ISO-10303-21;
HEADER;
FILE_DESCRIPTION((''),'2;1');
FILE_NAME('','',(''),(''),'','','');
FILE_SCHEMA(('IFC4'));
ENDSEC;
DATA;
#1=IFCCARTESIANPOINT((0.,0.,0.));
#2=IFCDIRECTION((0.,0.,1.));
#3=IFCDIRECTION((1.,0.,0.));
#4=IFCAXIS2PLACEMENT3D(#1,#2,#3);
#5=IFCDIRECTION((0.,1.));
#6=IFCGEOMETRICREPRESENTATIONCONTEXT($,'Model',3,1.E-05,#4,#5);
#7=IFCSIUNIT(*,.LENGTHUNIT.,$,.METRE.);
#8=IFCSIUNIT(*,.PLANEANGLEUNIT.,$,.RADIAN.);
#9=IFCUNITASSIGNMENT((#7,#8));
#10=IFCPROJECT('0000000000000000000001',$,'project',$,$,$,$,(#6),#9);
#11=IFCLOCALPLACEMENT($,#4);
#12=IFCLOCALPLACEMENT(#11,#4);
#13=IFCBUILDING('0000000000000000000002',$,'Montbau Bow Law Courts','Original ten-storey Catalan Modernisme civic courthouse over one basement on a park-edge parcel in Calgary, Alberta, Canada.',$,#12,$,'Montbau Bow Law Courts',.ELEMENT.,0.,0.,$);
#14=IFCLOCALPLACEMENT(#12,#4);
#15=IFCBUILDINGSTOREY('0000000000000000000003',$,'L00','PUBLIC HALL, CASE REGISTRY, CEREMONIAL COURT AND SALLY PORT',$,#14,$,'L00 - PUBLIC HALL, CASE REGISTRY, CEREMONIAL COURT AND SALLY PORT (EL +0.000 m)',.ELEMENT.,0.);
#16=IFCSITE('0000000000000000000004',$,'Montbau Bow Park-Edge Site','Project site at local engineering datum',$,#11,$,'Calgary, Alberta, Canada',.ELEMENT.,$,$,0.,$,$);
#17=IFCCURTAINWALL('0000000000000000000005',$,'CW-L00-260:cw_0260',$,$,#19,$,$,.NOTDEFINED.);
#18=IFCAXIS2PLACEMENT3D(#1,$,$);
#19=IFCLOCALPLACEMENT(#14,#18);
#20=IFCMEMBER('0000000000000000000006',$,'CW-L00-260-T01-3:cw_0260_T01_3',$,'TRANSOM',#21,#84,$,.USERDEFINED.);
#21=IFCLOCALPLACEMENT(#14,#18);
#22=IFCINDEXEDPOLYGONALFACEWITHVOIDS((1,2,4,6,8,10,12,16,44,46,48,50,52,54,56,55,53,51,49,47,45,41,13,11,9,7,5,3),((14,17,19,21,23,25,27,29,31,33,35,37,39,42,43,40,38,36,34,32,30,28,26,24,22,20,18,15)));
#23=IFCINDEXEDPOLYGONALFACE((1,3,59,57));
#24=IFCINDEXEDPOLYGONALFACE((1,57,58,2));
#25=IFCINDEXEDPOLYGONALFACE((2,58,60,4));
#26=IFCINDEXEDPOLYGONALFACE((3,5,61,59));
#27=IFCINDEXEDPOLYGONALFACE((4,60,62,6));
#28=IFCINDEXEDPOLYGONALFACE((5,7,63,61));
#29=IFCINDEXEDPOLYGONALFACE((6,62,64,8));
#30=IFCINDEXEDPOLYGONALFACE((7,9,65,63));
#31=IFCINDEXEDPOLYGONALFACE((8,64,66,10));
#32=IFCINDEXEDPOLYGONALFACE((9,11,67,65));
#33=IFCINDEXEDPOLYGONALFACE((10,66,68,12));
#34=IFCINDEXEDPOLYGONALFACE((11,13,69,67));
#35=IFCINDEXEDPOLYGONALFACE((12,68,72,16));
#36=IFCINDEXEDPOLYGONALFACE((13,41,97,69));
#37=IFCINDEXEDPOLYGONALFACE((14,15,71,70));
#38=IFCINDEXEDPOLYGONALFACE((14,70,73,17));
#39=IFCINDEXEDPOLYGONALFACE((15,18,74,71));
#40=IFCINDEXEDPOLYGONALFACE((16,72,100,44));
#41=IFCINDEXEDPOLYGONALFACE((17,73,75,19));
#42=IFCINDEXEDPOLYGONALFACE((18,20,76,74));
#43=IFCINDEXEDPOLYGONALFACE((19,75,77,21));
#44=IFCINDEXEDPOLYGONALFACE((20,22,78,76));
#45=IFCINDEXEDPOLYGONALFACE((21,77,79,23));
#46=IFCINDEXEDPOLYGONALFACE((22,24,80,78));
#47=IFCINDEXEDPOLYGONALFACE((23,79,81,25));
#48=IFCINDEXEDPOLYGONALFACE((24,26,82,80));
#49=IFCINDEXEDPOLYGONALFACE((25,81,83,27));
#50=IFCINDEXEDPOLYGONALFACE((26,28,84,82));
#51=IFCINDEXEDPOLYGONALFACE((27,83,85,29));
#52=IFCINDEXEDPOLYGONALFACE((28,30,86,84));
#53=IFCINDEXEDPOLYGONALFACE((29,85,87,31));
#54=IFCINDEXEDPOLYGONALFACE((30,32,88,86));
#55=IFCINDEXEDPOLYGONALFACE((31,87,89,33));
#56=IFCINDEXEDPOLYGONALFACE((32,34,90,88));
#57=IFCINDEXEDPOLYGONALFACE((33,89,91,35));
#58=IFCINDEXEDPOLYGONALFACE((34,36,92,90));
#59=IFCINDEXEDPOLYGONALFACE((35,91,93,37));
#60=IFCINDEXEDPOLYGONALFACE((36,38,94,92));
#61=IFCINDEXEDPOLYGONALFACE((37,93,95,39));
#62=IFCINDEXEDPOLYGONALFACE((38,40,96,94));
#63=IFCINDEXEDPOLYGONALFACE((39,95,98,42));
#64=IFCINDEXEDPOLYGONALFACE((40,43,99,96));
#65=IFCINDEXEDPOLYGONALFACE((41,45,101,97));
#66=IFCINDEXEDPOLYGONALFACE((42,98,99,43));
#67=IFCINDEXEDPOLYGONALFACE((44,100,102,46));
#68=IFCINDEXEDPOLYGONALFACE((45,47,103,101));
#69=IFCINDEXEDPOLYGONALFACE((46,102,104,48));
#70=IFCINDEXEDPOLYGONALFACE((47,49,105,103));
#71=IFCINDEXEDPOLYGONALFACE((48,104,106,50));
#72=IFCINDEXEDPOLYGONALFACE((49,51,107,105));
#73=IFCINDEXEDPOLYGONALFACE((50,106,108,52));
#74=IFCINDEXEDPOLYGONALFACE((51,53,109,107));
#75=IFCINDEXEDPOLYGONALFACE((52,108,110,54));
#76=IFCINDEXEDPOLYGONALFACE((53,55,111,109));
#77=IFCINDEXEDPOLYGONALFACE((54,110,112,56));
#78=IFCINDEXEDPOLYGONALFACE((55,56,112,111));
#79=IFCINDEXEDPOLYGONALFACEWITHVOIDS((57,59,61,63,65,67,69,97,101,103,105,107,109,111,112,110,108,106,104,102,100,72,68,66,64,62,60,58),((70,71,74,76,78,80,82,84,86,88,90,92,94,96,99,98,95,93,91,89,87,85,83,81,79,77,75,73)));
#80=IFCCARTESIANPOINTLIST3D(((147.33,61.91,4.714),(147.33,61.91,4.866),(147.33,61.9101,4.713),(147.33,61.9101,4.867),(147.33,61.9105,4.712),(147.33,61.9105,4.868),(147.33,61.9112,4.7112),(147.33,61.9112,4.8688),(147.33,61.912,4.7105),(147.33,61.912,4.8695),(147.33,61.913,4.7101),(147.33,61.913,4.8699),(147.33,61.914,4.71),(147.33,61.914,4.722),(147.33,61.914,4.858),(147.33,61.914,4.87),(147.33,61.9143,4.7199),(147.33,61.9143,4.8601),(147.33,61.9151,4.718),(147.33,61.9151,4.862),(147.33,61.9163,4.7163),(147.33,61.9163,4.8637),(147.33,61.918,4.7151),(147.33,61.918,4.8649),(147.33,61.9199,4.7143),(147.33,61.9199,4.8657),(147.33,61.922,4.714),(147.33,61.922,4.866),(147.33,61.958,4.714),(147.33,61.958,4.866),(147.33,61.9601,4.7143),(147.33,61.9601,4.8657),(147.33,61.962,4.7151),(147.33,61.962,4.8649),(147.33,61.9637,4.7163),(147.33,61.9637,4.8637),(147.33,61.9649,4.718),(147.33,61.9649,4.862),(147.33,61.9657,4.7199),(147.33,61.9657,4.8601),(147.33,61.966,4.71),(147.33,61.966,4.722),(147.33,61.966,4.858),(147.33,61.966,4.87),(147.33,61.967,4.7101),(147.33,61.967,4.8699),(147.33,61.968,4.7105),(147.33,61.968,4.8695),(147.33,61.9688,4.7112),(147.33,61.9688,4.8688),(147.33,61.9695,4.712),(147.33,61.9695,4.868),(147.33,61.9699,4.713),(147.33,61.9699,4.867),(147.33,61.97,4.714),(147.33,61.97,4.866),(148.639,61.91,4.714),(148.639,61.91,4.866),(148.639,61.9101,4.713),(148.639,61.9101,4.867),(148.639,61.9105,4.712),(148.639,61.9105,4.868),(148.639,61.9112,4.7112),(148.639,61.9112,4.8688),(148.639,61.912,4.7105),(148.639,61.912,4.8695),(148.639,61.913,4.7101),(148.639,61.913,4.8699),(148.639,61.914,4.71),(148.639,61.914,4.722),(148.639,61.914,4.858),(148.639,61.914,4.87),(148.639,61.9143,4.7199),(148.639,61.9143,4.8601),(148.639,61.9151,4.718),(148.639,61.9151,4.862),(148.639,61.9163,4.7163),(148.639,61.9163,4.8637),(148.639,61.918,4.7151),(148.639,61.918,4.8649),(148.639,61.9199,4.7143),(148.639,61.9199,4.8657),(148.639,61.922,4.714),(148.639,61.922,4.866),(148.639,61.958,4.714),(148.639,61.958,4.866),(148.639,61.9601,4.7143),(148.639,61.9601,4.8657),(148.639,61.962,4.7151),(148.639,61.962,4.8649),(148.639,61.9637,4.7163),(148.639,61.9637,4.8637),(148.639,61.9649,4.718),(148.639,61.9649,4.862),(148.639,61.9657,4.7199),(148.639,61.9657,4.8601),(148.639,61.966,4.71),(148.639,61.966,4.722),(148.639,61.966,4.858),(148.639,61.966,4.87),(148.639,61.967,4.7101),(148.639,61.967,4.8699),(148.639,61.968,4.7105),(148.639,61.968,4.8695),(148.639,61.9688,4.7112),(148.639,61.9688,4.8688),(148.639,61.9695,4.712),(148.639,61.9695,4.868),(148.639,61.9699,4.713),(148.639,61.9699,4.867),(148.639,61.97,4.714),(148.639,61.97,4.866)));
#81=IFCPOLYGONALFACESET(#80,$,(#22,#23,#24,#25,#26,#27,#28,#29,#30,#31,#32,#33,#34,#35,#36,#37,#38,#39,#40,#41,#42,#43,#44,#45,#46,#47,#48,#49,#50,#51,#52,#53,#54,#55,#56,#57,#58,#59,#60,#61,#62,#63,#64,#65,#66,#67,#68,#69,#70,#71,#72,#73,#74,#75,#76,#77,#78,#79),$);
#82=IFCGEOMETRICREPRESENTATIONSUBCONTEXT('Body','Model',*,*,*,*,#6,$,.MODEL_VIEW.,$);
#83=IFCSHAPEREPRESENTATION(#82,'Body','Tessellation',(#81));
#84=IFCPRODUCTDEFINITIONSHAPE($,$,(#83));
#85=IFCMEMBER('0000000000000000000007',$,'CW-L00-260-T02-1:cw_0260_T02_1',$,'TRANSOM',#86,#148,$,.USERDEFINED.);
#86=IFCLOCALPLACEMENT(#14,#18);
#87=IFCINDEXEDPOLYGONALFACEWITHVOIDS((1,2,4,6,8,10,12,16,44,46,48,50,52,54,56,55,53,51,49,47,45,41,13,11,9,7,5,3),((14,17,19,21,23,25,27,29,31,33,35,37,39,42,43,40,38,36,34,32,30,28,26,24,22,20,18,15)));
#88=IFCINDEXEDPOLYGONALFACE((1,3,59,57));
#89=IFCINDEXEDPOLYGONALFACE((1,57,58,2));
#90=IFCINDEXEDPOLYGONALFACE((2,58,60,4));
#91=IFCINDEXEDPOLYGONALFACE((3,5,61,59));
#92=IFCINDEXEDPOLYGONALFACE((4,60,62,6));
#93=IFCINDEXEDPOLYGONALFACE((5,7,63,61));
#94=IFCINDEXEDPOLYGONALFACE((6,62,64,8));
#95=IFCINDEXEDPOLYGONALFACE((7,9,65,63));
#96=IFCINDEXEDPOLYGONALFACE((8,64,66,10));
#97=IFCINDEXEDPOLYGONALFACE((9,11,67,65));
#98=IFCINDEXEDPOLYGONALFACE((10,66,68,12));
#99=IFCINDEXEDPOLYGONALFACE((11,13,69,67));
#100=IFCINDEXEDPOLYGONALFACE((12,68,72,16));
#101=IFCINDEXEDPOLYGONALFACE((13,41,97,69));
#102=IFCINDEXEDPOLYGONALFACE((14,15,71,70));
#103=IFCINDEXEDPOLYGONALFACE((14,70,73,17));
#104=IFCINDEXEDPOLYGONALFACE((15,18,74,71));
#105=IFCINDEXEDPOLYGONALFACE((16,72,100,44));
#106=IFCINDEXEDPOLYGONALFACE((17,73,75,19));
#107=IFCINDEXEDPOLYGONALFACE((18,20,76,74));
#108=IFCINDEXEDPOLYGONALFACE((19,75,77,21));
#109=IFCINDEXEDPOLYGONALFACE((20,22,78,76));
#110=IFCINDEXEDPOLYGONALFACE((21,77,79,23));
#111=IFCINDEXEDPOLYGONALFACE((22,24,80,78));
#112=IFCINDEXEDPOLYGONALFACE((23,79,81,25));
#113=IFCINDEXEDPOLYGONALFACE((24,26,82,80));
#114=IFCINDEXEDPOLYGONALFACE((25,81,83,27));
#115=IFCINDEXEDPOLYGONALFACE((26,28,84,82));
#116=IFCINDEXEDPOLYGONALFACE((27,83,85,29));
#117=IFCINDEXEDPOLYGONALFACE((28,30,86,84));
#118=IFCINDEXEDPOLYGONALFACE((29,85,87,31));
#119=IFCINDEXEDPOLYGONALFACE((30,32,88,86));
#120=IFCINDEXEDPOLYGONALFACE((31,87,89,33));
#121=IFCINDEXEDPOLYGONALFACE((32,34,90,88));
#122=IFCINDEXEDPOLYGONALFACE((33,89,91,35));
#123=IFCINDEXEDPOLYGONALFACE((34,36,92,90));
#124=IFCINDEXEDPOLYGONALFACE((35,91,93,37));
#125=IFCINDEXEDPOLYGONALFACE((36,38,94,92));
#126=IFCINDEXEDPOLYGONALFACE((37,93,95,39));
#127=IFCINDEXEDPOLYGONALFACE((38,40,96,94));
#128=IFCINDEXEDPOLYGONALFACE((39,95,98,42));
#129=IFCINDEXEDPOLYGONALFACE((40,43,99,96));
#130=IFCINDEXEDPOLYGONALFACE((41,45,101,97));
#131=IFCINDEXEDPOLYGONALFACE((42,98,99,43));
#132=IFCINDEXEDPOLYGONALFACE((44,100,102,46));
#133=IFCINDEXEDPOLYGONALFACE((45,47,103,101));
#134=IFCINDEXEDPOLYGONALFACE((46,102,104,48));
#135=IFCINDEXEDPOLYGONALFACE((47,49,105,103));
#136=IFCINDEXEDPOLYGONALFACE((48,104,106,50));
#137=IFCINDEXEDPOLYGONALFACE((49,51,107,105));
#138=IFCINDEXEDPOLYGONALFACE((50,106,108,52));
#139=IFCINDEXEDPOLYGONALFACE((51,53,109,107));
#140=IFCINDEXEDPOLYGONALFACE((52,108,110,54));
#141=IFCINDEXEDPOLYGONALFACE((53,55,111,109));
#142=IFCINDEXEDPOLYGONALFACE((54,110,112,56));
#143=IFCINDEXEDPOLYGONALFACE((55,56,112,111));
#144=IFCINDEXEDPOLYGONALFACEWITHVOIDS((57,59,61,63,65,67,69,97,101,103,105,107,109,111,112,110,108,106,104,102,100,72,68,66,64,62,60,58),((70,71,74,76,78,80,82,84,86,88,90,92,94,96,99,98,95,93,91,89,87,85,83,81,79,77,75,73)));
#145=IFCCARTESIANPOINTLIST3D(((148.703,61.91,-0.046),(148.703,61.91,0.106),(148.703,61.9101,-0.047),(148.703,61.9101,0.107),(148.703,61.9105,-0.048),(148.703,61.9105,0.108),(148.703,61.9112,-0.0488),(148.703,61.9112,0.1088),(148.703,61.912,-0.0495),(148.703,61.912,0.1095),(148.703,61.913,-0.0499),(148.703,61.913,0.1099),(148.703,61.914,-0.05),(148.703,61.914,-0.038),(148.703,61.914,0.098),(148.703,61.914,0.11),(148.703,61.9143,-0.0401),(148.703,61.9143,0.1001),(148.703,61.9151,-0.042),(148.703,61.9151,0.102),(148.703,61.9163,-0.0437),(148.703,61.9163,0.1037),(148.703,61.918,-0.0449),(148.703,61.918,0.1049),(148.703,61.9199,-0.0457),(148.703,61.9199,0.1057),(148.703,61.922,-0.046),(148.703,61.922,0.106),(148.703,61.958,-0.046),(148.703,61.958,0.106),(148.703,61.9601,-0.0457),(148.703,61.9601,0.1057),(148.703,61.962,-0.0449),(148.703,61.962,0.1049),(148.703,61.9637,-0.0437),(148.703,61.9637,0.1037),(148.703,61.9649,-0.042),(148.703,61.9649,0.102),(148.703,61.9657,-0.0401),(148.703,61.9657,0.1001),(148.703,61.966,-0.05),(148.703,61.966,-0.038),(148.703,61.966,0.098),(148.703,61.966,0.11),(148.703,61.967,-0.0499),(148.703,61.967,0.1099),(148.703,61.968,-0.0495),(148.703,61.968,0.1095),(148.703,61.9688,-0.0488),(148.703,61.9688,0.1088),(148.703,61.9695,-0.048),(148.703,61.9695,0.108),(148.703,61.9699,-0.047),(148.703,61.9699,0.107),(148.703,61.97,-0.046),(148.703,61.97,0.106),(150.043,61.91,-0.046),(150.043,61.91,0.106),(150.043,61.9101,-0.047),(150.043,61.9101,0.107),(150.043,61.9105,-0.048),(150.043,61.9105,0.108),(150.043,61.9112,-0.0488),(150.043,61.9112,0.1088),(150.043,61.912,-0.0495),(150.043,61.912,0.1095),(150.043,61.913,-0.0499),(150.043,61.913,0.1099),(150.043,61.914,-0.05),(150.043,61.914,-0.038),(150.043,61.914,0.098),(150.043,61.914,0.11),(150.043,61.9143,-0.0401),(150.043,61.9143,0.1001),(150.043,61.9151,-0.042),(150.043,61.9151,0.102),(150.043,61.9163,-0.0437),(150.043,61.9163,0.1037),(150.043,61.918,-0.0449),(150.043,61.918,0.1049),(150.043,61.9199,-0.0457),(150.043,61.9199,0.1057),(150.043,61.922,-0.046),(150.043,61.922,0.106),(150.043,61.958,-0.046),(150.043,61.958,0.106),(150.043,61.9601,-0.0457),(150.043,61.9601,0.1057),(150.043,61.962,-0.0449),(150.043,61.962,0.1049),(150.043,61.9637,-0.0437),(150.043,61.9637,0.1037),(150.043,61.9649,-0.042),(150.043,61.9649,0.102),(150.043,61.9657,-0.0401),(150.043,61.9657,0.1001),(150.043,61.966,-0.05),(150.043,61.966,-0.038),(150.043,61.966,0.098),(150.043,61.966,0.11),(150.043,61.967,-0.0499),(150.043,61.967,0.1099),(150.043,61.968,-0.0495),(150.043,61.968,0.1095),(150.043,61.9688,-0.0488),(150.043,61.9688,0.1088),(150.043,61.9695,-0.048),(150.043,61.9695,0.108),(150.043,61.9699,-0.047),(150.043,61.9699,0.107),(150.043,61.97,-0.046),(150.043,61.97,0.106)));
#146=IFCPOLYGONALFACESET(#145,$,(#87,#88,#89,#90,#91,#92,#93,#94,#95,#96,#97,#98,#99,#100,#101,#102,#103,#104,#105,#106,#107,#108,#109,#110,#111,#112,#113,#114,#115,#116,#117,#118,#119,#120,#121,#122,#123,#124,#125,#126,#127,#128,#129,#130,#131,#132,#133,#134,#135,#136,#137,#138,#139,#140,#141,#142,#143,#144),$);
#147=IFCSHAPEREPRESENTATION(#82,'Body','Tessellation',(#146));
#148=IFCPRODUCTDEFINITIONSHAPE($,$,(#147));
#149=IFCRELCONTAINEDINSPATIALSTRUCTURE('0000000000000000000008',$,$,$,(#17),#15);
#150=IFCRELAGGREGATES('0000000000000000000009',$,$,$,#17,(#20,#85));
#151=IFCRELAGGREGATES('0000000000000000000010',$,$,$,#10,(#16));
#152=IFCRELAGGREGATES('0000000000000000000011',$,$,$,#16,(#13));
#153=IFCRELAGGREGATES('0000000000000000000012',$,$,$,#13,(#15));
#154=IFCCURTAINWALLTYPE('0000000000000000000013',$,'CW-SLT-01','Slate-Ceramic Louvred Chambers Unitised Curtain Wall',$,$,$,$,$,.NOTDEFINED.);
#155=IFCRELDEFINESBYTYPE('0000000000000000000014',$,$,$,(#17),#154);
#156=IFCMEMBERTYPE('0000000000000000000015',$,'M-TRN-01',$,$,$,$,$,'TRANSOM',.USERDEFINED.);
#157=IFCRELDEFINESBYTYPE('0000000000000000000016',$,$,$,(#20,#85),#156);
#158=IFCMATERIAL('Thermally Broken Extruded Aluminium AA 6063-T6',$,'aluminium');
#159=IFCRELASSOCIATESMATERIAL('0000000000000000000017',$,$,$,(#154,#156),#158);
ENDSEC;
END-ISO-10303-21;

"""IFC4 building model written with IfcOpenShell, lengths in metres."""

from ifc_helpers import new_model, si_unit, direction, frame, origin_with_axes, origin_2d_with_axis, place, context, subcontext, project, spatial, hollow_rectangle, extrude, material, material_profile, profile_set, type_object, element, aggregate, save


model = new_model("IFC4")

# Units and contexts
model_context = context("Model", 3, precision=1e-05, world=origin_with_axes(), true_north=direction((0.0, 1.0)))
body_context = subcontext(model_context, "Body", "Model", "MODEL_VIEW")
ifc_project = project(units=[si_unit("LENGTHUNIT", "METRE"), si_unit("PLANEANGLEUNIT", "RADIAN")], contexts=[model_context])

# Site, building, storey
site_placement = place(None, origin_with_axes())
site = spatial("IfcSite", under=ifc_project, at=site_placement, Name="Montbau Bow Park-Edge Site", Description="Project site at local engineering datum", LongName="Calgary, Alberta, Canada", CompositionType="ELEMENT", RefElevation=0.0)
building_placement = place(site_placement, origin_with_axes())
building = spatial("IfcBuilding", under=site, at=building_placement, Name="Montbau Bow Law Courts", Description="Original ten-storey Catalan Modernisme civic courthouse over one basement on a park-edge parcel in Calgary, Alberta, Canada.", LongName="Montbau Bow Law Courts", CompositionType="ELEMENT", ElevationOfRefHeight=0.0, ElevationOfTerrain=0.0)
storey_placement = place(building_placement, origin_with_axes())
storey = spatial("IfcBuildingStorey", under=building, at=storey_placement, Name="L00", Description="PUBLIC HALL, CASE REGISTRY, CEREMONIAL COURT AND SALLY PORT", LongName="L00 - PUBLIC HALL, CASE REGISTRY, CEREMONIAL COURT AND SALLY PORT (EL +0.000 m)", CompositionType="ELEMENT", Elevation=0.0)

# Curtain wall, members
ifc_material_1 = material(Name="Thermally Broken Extruded Aluminium AA 6063-T6", Category="aluminium")
curtain_wall_type = type_object("IfcCurtainWallType", Name="CW-SLT-01", Description="Slate-Ceramic Louvred Chambers Unitised Curtain Wall", PredefinedType="NOTDEFINED", material=ifc_material_1)
curtain_wall_placement = place(None, frame((147.268, 61.94, 0.0), z_axis=(0.0, 0.0, 1.0), x_axis=(1.0, 0.0, 0.0)))
curtain_wall = element("IfcCurtainWall", 1, at=curtain_wall_placement, inside=storey, type_object=curtain_wall_type, Name="CW-L00-260:cw_0260", PredefinedType="NOTDEFINED")
ifc_material_profile_1 = material_profile(ifc_material_1, hollow_rectangle(XDim=0.06, YDim=0.16, WallThickness=0.004, InnerFilletRadius=0.008, OuterFilletRadius=0.004, at=origin_2d_with_axis()), Name="CWT-160X60", Category="Main", Priority=0)
ifc_profile_set_1 = profile_set([ifc_material_profile_1], Name="Thermally Broken Extruded Aluminium AA 6063-T6")
member_type_1 = type_object("IfcMemberType", Name="M-TRN-01", ElementType="TRANSOM", PredefinedType="USERDEFINED", material=ifc_profile_set_1)
member_1_placement = place(None, frame((147.33, 61.94, 4.79), z_axis=(1.0, 0.0, 0.0), x_axis=(0.0, 1.0, 0.0)))
member_1 = element("IfcMember", 2, at=member_1_placement, type_object=member_type_1, Name="CW-L00-260-T01-3:cw_0260_T01_3", ObjectType="TRANSOM", PredefinedType="USERDEFINED", context=body_context, shape_type="SweptSolid", body=[
    extrude(hollow_rectangle(XDim=0.06, YDim=0.16, WallThickness=0.004, InnerFilletRadius=0.008, OuterFilletRadius=0.004, at=origin_2d_with_axis()), origin_with_axes(), (0.0, 0.0, 1.0), 1.309),
])
member_2_placement = place(None, frame((148.703, 61.94, 0.03), z_axis=(1.0, 0.0, 0.0), x_axis=(0.0, 1.0, 0.0)))
member_2 = element("IfcMember", 3, at=member_2_placement, type_object=member_type_1, Name="CW-L00-260-T02-1:cw_0260_T02_1", ObjectType="TRANSOM", PredefinedType="USERDEFINED", context=body_context, shape_type="SweptSolid", body=[
    extrude(hollow_rectangle(XDim=0.06, YDim=0.16, WallThickness=0.004, InnerFilletRadius=0.008, OuterFilletRadius=0.004, at=origin_2d_with_axis()), origin_with_axes(), (0.0, 0.0, 1.0), 1.34),
])
aggregate(curtain_wall, [member_1, member_2])

save(model, "model.ifc")
